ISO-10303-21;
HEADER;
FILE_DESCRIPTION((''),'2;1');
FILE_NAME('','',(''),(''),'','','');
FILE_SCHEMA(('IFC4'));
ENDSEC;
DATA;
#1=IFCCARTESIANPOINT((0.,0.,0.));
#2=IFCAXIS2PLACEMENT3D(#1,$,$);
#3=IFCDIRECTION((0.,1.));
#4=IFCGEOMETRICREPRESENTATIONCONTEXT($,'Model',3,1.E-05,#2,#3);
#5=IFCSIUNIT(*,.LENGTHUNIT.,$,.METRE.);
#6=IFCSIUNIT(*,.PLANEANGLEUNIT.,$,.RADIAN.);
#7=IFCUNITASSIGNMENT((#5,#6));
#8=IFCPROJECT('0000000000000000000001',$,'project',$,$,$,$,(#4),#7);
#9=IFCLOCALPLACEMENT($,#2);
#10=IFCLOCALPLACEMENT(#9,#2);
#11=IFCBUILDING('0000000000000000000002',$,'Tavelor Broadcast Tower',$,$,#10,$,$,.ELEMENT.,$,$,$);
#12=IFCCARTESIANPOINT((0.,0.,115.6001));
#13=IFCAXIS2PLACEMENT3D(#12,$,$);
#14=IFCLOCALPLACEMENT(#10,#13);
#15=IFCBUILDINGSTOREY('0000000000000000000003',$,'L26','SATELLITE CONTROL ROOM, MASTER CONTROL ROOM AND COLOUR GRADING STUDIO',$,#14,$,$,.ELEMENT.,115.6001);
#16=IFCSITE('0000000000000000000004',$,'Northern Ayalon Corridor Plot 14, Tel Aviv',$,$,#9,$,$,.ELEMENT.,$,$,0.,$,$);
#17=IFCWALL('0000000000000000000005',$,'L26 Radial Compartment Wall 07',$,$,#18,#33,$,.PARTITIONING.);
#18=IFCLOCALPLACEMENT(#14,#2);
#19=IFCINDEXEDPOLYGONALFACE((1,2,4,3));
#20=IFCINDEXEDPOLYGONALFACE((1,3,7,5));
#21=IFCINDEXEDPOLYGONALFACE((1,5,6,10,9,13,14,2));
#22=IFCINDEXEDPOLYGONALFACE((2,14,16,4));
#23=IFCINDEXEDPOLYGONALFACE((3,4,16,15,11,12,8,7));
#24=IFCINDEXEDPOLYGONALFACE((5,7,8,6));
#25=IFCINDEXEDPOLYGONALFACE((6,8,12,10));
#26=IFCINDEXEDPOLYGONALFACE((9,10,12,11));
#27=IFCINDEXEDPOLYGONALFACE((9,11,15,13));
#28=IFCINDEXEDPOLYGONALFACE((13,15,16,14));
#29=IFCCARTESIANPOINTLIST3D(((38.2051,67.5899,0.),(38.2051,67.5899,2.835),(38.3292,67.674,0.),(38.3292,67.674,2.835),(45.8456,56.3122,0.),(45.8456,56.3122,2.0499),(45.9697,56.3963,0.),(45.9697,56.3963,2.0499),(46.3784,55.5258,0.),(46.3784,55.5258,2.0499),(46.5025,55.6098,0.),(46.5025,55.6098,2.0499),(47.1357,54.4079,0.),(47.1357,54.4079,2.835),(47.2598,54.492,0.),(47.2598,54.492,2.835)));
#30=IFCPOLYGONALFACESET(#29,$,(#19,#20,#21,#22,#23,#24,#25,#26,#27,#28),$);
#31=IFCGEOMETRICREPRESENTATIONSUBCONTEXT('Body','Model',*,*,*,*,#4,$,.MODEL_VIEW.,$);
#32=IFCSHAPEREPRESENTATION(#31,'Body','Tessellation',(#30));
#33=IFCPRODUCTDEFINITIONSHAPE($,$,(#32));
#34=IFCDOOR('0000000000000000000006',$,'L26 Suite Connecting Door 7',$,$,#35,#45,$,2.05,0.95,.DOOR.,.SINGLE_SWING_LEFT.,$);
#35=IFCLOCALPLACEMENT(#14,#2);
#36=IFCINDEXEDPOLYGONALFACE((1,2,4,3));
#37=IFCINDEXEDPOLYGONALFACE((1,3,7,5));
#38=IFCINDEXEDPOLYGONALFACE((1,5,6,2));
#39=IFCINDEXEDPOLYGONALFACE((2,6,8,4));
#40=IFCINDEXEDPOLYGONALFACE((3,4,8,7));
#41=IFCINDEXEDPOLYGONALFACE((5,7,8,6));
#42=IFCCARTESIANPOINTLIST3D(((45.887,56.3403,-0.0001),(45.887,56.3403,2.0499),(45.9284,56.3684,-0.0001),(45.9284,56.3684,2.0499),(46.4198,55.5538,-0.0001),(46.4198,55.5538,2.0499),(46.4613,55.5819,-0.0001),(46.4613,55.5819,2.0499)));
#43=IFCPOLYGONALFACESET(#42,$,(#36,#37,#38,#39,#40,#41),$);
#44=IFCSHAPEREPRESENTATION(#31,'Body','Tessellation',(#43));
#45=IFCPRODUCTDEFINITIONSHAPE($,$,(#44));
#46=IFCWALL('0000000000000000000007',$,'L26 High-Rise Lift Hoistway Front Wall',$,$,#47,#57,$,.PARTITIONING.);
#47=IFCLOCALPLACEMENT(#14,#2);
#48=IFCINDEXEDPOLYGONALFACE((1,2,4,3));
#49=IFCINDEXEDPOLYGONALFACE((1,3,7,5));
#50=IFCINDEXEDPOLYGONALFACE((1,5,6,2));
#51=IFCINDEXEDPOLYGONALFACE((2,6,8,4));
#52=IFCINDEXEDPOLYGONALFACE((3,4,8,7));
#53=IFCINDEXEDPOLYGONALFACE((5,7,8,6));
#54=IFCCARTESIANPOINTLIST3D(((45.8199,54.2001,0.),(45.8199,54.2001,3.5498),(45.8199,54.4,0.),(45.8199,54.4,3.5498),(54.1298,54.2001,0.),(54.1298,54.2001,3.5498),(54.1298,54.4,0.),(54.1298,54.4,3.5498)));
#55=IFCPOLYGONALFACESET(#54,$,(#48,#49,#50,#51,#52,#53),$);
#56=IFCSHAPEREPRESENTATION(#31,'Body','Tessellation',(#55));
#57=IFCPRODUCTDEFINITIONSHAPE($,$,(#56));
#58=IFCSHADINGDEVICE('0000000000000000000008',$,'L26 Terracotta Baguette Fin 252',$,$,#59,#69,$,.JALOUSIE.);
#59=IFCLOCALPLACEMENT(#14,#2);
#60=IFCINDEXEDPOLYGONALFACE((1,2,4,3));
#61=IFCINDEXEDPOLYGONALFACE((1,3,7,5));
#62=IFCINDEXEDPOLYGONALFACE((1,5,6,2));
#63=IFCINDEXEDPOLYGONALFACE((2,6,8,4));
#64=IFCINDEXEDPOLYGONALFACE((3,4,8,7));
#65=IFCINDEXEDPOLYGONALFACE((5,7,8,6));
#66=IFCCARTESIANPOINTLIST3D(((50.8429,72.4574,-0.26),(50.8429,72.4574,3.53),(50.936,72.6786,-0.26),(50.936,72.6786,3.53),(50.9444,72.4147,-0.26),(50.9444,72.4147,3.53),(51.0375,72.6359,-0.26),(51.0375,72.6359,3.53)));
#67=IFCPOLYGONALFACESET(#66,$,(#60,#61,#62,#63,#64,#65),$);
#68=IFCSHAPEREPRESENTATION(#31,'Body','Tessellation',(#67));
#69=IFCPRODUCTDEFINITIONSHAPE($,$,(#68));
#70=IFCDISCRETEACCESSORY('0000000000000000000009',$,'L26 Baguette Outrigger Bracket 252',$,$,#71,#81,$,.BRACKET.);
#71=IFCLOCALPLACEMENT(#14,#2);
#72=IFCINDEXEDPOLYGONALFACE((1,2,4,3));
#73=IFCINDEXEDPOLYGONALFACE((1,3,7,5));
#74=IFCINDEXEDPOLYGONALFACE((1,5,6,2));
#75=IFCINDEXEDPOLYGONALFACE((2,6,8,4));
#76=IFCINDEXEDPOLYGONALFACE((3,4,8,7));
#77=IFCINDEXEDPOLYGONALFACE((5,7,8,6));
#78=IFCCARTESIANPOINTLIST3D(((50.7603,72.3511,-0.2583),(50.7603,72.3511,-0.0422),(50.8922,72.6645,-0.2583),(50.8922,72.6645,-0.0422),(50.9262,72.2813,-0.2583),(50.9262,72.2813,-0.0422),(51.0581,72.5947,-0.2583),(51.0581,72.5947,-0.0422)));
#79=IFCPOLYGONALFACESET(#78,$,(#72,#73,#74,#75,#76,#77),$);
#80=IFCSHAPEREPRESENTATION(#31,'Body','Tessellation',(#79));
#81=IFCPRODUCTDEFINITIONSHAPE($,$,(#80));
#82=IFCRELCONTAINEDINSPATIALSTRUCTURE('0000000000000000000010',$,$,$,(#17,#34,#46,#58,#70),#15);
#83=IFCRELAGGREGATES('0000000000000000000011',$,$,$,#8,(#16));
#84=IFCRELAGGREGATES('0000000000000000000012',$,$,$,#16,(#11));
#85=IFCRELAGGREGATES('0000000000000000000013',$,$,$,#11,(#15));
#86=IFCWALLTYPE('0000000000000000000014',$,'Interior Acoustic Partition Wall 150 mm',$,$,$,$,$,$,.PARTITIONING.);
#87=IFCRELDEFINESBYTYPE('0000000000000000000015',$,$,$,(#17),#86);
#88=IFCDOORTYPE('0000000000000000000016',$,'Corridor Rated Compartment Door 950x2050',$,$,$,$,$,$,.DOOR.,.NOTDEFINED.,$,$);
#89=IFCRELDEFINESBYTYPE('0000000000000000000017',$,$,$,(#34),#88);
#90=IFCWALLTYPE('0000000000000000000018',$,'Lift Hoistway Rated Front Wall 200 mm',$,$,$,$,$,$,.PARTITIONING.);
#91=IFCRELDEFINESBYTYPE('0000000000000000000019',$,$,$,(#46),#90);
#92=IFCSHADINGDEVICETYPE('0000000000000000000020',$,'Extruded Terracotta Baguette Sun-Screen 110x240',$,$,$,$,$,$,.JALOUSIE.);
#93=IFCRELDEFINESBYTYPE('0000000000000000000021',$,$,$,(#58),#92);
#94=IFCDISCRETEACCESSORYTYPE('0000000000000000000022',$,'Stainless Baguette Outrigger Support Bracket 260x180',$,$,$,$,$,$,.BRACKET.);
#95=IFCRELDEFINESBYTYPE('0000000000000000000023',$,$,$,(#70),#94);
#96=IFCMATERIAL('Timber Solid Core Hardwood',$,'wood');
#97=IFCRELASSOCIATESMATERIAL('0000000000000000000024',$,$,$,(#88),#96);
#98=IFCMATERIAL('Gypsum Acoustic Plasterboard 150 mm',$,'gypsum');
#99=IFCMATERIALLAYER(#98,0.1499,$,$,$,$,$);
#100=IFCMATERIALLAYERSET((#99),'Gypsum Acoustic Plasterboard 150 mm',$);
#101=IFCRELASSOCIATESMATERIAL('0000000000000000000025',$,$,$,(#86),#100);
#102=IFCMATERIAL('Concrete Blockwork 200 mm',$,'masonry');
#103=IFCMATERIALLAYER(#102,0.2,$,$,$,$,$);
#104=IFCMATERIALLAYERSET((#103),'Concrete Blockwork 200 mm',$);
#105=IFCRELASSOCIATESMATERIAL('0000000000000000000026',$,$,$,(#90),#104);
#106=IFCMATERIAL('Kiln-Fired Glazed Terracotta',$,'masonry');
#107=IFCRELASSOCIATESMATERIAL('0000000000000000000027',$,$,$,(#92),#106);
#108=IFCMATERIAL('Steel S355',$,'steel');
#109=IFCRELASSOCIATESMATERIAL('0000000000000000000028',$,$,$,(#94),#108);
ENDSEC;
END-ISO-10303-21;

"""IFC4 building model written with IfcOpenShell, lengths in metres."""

from ifc_helpers import new_model, si_unit, direction, frame, frame_2d, origin, origin_2d, place, context, subcontext, project, spatial, rectangle, extrude, source, transform, mapped, material, layer, layer_set, type_object, type_shapes, element, fill, save


model = new_model("IFC4")

# Units and contexts
model_context = context("Model", 3, precision=1e-05, world=origin(), true_north=direction((0.0, 1.0)))
body_context = subcontext(model_context, "Body", "Model", "MODEL_VIEW")
ifc_project = project(units=[si_unit("LENGTHUNIT", "METRE"), si_unit("PLANEANGLEUNIT", "RADIAN")], contexts=[model_context])

# Site, building, storey
site_placement = place(None, origin())
site = spatial("IfcSite", under=ifc_project, at=site_placement, Name="Northern Ayalon Corridor Plot 14, Tel Aviv", CompositionType="ELEMENT", RefElevation=0.0)
building_placement = place(site_placement, origin())
building = spatial("IfcBuilding", under=site, at=building_placement, Name="Tavelor Broadcast Tower", CompositionType="ELEMENT")
storey_placement = place(building_placement, frame((0.0, 0.0, 115.6001)))
storey = spatial("IfcBuildingStorey", under=building, at=storey_placement, Name="L26", Description="SATELLITE CONTROL ROOM, MASTER CONTROL ROOM AND COLOUR GRADING STUDIO", CompositionType="ELEMENT", Elevation=115.6001)

# Shared definitions
ifc_material_1 = material(Name="Steel S355", Category="steel")

# Shared definitions
ifc_material_2 = material(Name="Timber Solid Core Hardwood", Category="wood")
door_type = type_object("IfcDoorType", Name="Corridor Rated Compartment Door 950x2050", OperationType="NOTDEFINED", PredefinedType="DOOR", material=ifc_material_2)

# Wall, opening, door
ifc_material_3 = material(Name="Gypsum Acoustic Plasterboard 150 mm", Category="gypsum")
ifc_layer_1 = layer(ifc_material_3, 0.1499)
ifc_layer_set_1 = layer_set([ifc_layer_1], Name="Gypsum Acoustic Plasterboard 150 mm")
wall_type_1 = type_object("IfcWallType", Name="Interior Acoustic Partition Wall 150 mm", PredefinedType="PARTITIONING", material=ifc_layer_set_1)
wall_1_placement = place(storey_placement, frame((47.1978, 54.45, 0.0), z_axis=(0.0, 0.0, 1.0), x_axis=(-0.560884, 0.827894, 0.0)))
wall_1 = element("IfcWall", 1, at=wall_1_placement, inside=storey, type_object=wall_type_1, Name="L26 Radial Compartment Wall 07", PredefinedType="PARTITIONING", context=body_context, shape_type="SweptSolid", body=[
    extrude(rectangle(XDim=15.9224, YDim=0.1499, at=frame_2d((7.9612, 0.0))), origin(), (0.0, 0.0, 1.0), 2.835),
])
opening_1_placement = place(wall_1_placement, frame((1.3501, 0.0, 0.0)))
opening_1 = element("IfcOpeningElement", 2, at=opening_1_placement, cuts=wall_1, PredefinedType="OPENING", context=body_context, shape_type="SweptSolid", body=[
    extrude(rectangle(XDim=0.95, YDim=2.05, at=frame_2d((0.4751, 1.0249))), frame((0.0, 0.085, 0.0), z_axis=(0.0, -1.0, 0.0), x_axis=(1.0, 0.0, 0.0)), (0.0, 0.0, 1.0), 0.1699),
])
door_1_placement = place(opening_1_placement, origin())
door_1 = element("IfcDoor", 3, at=door_1_placement, inside=storey, type_object=door_type, Name="L26 Suite Connecting Door 7", OperationType="SINGLE_SWING_LEFT", OverallHeight=2.05, OverallWidth=0.95, PredefinedType="DOOR", context=body_context, shape_type="SweptSolid", body=[
    extrude(rectangle(XDim=0.95, YDim=2.05, at=frame_2d((0.4751, 1.0249))), frame((0.0, 0.0249, 0.0), z_axis=(0.0, -1.0, 0.0), x_axis=(1.0, 0.0, 0.0)), (0.0, 0.0, 1.0), 0.05),
])
fill(opening_1, door_1)

# Wall
ifc_material_4 = material(Name="Concrete Blockwork 200 mm", Category="masonry")
ifc_layer_2 = layer(ifc_material_4, 0.2)
ifc_layer_set_2 = layer_set([ifc_layer_2], Name="Concrete Blockwork 200 mm")
wall_type_2 = type_object("IfcWallType", Name="Lift Hoistway Rated Front Wall 200 mm", PredefinedType="PARTITIONING", material=ifc_layer_set_2)
wall_2_placement = place(storey_placement, frame((45.8201, 54.3, 0.0), z_axis=(0.0, 0.0, 1.0), x_axis=(1.0, 0.0, 0.0)))
element("IfcWall", 4, at=wall_2_placement, inside=storey, type_object=wall_type_2, Name="L26 High-Rise Lift Hoistway Front Wall", PredefinedType="PARTITIONING", context=body_context, shape_type="SweptSolid", body=[
    extrude(rectangle(XDim=8.3098, YDim=0.2, at=frame_2d((4.1548, 0.0))), origin(), (0.0, 0.0, 1.0), 3.5498),
])

# Shading device
ifc_material_5 = material(Name="Kiln-Fired Glazed Terracotta", Category="masonry")
shading_device_type = type_object("IfcShadingDeviceType", Name="Extruded Terracotta Baguette Sun-Screen 110x240", PredefinedType="JALOUSIE", material=ifc_material_5)
shared_shape_1 = source(origin(), body_context, "Body", "SweptSolid", [
    extrude(rectangle(XDim=0.1101, YDim=0.24, at=origin_2d()), origin(), (0.0, 0.0, 1.0), 3.79),
])
type_shapes(shading_device_type, [shared_shape_1])
shading_device_placement = place(storey_placement, frame((50.9402, 72.5466, -0.26), z_axis=(0.0, 0.0, 1.0), x_axis=(-0.921728, 0.387837, 0.0)))
element("IfcShadingDevice", 5, at=shading_device_placement, inside=storey, type_object=shading_device_type, Name="L26 Terracotta Baguette Fin 252", PredefinedType="JALOUSIE", context=body_context, shape_type="MappedRepresentation", body=[
    mapped(shared_shape_1, transform((0.0, 0.0, 0.0), scale=1.0)),
])

# Discrete accessory
discrete_accessory_type = type_object("IfcDiscreteAccessoryType", Name="Stainless Baguette Outrigger Support Bracket 260x180", PredefinedType="BRACKET", material=ifc_material_1)
shared_shape_2 = source(origin(), body_context, "Body", "SweptSolid", [
    extrude(rectangle(XDim=0.1799, YDim=0.3401, at=origin_2d()), origin(), (0.0, 0.0, 1.0), 0.2161),
])
type_shapes(discrete_accessory_type, [shared_shape_2])
discrete_accessory_placement = place(storey_placement, frame((50.9092, 72.4729, -0.2583), z_axis=(0.0, 0.0, 1.0), x_axis=(-0.921728, 0.387837, 0.0)))
element("IfcDiscreteAccessory", 6, at=discrete_accessory_placement, inside=storey, type_object=discrete_accessory_type, Name="L26 Baguette Outrigger Bracket 252", PredefinedType="BRACKET", context=body_context, shape_type="MappedRepresentation", body=[
    mapped(shared_shape_2, transform((0.0, 0.0, 0.0), scale=1.0)),
])

save(model, "model.ifc")
